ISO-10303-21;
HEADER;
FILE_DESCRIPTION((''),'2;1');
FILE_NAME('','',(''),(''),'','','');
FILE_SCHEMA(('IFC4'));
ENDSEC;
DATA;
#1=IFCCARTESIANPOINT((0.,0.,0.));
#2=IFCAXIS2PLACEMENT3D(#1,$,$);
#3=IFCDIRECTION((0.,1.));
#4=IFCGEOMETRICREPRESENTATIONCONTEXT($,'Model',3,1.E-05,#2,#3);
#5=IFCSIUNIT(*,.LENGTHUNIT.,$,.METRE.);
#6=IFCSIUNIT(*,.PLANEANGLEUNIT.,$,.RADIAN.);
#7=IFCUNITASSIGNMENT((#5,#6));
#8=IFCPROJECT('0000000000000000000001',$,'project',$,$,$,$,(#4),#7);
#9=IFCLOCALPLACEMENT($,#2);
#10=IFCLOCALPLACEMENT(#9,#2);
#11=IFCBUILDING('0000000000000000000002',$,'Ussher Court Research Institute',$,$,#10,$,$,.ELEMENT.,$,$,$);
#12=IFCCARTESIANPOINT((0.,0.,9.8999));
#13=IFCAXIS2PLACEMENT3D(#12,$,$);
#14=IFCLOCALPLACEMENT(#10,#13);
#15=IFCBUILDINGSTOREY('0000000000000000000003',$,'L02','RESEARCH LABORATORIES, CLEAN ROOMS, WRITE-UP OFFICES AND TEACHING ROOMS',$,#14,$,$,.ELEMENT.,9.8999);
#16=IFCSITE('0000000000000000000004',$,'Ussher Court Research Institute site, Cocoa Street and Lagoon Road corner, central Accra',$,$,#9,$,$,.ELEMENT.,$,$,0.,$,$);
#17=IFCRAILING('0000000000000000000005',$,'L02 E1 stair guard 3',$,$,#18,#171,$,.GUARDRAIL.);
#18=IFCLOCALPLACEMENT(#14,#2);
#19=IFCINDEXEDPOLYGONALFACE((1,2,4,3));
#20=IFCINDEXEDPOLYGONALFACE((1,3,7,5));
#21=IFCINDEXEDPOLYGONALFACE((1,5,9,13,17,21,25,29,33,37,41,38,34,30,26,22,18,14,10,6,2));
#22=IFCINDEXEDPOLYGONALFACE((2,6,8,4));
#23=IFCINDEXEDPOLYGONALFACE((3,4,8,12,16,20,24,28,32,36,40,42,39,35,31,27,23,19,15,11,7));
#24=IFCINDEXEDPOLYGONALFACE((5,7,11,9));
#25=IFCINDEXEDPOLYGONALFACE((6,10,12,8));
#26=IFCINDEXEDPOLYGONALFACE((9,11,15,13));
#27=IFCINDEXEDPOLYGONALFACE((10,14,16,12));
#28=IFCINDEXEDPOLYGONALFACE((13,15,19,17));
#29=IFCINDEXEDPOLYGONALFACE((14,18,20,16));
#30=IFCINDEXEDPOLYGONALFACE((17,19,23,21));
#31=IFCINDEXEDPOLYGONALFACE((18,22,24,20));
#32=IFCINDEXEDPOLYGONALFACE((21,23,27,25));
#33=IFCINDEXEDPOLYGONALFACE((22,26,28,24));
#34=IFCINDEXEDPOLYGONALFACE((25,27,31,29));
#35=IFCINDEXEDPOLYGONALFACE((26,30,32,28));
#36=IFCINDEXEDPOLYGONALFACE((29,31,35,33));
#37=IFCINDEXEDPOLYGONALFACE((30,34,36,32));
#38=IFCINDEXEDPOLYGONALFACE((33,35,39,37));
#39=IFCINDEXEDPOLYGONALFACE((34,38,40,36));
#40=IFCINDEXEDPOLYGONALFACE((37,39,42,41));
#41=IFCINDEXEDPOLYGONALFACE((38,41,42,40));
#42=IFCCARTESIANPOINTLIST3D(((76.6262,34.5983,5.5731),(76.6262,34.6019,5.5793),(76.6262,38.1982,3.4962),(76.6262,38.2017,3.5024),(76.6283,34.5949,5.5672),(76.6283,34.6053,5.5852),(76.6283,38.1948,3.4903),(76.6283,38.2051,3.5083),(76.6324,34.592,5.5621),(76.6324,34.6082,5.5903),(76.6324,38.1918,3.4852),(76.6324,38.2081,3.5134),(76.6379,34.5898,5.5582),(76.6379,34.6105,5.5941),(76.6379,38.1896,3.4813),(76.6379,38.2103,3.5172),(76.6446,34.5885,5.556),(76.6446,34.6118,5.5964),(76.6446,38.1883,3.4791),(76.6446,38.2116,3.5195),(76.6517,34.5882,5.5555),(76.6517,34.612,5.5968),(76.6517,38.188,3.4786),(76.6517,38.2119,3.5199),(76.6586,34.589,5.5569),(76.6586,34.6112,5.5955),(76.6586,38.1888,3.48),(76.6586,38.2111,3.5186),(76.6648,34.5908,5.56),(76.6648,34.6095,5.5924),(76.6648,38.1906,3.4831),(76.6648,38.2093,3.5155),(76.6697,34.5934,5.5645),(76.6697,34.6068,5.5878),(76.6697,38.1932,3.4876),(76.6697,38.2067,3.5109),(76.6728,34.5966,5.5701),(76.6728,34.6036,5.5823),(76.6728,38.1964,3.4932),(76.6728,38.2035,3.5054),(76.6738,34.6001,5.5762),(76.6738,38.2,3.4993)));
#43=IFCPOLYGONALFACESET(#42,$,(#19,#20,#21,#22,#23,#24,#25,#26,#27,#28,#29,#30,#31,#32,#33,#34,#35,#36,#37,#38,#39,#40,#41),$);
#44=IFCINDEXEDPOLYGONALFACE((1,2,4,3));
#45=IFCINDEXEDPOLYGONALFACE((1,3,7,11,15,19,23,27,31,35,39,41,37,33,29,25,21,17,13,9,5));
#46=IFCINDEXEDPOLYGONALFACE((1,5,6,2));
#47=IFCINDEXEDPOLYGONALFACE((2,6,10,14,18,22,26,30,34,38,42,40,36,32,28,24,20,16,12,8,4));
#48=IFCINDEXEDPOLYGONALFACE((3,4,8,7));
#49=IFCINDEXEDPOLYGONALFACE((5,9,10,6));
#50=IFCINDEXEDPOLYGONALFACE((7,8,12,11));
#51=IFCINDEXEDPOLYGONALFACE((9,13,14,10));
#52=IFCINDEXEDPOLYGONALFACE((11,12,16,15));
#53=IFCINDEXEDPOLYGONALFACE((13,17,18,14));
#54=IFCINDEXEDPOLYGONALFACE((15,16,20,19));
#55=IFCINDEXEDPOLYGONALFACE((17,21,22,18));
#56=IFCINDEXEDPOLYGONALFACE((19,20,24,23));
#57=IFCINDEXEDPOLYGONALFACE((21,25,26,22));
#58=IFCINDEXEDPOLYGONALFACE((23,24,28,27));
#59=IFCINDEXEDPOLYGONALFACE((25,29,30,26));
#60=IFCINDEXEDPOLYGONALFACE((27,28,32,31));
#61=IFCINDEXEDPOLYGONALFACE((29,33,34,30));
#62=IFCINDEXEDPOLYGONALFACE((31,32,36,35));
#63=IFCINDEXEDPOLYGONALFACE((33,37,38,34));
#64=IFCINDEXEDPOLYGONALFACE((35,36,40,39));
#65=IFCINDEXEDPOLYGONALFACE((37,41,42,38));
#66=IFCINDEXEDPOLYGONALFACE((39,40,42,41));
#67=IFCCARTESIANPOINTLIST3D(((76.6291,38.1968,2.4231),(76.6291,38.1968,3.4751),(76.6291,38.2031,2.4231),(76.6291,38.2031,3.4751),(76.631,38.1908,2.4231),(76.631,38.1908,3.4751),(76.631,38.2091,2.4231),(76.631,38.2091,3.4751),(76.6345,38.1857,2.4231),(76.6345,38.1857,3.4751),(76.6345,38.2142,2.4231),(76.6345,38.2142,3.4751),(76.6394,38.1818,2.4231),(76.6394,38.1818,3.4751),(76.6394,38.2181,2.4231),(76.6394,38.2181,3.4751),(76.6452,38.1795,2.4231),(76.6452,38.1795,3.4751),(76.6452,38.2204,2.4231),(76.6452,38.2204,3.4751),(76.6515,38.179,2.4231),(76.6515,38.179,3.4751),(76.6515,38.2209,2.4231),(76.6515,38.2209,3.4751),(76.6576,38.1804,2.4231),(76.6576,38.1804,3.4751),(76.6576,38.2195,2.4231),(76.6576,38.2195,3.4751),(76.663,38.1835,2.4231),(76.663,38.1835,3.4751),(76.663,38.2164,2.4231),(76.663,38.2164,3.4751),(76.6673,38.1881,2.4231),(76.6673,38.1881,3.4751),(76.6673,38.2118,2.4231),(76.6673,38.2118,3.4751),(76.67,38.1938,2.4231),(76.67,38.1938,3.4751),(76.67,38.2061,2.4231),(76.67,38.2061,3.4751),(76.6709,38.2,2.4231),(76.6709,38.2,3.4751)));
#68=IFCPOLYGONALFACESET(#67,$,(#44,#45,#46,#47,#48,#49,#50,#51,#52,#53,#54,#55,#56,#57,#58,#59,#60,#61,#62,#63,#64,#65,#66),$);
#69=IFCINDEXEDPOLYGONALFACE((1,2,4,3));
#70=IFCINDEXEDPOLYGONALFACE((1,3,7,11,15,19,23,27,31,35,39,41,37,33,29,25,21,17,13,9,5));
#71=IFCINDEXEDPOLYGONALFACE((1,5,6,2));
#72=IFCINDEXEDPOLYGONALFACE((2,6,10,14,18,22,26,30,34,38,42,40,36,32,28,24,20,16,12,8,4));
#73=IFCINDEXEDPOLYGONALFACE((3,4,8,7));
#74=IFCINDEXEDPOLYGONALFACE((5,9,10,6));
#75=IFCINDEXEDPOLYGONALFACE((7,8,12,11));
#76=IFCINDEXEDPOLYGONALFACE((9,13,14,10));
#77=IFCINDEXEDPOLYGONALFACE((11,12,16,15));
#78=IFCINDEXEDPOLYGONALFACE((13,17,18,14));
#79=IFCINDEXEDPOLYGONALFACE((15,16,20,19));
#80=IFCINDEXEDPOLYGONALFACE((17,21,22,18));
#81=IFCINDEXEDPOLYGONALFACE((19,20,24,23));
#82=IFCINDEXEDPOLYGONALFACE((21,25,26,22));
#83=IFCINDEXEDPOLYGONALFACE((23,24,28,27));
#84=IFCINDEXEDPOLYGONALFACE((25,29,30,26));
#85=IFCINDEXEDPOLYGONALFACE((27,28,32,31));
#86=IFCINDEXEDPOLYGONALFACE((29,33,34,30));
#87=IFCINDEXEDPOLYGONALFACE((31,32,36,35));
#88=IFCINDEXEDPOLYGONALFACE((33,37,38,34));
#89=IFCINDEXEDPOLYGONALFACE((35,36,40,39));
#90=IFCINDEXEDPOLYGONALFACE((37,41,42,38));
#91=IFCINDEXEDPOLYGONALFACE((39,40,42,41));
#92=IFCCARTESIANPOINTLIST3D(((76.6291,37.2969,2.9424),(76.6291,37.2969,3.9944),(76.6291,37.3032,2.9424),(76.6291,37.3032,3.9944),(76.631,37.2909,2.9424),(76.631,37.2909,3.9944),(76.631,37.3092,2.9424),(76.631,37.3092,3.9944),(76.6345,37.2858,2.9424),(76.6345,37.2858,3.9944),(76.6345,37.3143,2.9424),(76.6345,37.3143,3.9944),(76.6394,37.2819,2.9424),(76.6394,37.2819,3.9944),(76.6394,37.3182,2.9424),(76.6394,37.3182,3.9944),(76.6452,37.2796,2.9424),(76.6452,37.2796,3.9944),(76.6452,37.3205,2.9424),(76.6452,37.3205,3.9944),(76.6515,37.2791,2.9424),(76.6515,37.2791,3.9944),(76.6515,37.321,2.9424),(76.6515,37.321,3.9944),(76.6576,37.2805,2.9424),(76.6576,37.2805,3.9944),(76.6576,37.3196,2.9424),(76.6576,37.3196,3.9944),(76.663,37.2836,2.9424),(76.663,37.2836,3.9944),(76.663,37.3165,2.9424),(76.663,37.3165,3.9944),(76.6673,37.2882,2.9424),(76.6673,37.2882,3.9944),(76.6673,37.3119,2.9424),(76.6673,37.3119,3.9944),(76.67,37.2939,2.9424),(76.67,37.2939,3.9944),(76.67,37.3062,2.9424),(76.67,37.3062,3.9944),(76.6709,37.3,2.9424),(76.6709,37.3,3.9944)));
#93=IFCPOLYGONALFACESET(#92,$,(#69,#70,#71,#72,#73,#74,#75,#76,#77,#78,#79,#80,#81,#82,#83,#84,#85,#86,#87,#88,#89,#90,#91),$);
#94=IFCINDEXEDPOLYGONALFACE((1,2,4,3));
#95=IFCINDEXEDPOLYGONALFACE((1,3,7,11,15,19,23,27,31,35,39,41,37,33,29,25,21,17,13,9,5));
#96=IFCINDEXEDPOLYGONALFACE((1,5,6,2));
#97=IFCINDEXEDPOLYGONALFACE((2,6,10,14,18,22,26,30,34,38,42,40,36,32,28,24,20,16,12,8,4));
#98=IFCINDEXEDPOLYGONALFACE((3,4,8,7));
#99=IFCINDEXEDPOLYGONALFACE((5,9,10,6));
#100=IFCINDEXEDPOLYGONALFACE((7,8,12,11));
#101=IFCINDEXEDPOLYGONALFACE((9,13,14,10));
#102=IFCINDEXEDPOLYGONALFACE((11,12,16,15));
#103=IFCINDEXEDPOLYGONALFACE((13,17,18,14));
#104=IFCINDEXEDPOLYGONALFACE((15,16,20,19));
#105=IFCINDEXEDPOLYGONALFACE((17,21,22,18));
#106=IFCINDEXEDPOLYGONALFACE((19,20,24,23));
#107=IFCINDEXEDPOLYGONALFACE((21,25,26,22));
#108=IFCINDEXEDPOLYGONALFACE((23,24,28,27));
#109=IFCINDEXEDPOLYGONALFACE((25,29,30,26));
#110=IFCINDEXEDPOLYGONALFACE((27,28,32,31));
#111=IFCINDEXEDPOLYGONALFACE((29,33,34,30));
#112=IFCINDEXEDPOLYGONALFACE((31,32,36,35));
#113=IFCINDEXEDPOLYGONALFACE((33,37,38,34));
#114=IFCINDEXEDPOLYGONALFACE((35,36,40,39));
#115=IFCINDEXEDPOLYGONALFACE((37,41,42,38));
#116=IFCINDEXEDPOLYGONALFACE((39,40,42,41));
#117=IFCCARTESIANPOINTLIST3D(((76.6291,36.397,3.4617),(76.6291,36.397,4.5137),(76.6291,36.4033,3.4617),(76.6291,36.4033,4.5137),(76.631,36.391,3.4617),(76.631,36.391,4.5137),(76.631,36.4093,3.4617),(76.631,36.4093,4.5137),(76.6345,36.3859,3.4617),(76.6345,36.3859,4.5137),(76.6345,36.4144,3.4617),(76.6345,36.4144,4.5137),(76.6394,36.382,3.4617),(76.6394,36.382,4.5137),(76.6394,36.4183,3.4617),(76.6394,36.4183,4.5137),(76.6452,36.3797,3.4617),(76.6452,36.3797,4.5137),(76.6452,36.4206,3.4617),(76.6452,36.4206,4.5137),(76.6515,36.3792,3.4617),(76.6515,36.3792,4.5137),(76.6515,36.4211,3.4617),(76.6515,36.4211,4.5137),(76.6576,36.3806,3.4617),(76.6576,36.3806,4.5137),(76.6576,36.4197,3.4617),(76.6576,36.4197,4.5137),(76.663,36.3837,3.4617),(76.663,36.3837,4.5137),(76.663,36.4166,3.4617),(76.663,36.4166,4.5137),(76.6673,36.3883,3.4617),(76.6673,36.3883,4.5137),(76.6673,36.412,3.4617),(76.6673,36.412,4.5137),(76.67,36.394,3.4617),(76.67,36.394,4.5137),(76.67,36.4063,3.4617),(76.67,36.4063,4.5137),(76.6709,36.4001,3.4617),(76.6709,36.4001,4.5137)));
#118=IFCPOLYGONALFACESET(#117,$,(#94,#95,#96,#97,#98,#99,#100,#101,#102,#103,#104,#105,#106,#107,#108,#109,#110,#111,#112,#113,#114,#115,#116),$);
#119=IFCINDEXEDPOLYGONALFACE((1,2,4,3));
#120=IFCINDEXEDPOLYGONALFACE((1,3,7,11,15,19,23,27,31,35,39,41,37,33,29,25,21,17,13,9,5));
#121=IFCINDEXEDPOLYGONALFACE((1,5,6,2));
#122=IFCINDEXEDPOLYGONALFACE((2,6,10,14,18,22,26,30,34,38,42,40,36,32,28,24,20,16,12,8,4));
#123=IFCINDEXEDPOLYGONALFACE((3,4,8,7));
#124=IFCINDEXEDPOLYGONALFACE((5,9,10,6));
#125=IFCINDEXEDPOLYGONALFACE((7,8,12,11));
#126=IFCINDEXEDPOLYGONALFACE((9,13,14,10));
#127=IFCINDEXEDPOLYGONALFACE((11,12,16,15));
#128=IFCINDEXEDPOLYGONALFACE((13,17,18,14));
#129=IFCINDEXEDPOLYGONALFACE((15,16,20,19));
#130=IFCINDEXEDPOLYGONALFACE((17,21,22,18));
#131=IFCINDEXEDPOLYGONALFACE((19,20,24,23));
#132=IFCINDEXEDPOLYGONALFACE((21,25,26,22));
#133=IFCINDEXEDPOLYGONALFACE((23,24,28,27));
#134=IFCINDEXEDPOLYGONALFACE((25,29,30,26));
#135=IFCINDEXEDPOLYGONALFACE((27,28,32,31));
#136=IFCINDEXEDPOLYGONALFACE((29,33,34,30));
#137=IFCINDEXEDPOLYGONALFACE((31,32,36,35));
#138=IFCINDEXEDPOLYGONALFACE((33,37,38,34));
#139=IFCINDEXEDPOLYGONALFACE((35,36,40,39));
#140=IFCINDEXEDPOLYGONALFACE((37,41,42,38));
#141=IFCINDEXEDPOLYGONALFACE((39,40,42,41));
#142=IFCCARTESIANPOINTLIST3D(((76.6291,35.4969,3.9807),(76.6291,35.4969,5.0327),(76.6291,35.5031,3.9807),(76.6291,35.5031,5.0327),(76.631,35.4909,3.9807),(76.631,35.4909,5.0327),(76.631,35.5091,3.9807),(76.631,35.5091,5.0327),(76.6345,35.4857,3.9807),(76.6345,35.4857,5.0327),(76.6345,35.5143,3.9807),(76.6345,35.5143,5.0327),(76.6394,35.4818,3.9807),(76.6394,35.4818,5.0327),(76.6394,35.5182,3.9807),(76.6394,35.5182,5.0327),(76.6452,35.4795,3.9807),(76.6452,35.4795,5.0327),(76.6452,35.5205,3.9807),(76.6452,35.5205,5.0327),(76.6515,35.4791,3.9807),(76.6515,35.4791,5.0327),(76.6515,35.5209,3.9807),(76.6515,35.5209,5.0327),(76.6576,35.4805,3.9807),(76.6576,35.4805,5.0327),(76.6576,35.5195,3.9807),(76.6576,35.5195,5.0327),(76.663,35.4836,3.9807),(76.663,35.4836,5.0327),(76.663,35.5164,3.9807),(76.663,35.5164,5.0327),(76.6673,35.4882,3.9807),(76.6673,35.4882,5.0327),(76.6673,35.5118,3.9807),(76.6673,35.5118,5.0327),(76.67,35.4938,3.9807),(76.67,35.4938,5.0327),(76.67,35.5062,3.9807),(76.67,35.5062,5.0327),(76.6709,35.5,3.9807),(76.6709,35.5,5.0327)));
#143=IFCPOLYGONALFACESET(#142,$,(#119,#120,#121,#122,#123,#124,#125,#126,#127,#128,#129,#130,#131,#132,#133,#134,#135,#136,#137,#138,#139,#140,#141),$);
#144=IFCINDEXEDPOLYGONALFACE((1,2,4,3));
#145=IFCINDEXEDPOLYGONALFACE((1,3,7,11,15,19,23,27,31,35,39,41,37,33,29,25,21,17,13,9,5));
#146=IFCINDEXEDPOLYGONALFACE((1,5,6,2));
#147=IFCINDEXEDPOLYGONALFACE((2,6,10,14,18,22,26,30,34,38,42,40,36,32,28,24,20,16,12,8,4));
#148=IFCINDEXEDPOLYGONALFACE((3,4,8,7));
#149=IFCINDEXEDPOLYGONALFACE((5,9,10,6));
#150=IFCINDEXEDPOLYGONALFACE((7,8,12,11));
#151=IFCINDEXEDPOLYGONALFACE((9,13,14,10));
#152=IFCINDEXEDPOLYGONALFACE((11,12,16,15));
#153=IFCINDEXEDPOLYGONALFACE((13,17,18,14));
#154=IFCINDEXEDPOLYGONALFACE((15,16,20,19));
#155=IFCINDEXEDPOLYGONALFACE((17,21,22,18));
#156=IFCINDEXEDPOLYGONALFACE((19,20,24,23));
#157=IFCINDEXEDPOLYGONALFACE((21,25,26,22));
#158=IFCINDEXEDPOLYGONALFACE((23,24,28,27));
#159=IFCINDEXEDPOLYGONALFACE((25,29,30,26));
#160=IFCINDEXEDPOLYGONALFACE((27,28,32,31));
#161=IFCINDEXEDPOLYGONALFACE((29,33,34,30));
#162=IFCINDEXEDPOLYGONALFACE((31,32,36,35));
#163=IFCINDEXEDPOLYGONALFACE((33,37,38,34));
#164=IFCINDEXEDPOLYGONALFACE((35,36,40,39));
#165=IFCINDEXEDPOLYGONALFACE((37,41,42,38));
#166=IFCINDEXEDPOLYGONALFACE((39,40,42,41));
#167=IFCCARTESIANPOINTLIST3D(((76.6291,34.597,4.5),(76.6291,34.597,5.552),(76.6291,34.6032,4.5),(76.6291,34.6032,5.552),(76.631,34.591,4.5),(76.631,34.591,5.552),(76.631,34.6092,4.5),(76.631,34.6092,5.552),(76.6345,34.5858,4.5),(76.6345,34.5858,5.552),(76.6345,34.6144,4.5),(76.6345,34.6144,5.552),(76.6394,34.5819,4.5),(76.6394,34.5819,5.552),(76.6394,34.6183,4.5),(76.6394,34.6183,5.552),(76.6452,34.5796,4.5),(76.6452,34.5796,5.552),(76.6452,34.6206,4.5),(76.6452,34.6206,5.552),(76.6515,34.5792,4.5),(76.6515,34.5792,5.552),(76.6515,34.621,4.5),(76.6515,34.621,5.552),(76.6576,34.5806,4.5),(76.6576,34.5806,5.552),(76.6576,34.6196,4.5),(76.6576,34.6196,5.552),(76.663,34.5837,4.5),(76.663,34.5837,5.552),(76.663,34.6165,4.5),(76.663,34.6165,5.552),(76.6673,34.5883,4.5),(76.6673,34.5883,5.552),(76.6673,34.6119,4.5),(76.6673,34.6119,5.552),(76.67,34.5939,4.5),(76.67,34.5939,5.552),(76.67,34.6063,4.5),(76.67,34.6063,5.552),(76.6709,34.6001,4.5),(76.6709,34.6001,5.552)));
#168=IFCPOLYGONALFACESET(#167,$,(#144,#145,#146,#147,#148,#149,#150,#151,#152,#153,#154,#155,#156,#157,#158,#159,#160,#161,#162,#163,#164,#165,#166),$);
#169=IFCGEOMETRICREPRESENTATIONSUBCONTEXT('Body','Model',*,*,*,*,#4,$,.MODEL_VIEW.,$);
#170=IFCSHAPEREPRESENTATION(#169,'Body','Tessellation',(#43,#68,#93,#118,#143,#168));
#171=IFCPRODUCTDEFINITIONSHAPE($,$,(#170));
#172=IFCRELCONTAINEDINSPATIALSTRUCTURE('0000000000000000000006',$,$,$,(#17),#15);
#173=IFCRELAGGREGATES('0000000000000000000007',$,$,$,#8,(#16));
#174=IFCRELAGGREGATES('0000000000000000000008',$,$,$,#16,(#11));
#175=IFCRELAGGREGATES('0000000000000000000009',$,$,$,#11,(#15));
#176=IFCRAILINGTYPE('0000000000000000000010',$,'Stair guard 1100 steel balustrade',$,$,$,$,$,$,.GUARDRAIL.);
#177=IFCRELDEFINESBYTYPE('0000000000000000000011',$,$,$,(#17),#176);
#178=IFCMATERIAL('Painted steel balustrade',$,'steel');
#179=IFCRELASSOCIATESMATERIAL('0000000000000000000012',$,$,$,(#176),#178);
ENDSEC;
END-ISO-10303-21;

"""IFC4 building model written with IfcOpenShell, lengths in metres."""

from ifc_helpers import new_model, si_unit, direction, frame, origin, origin_2d, place, context, subcontext, project, spatial, circle, extrude, material, type_object, element, save


model = new_model("IFC4")

# Units and contexts
model_context = context("Model", 3, precision=1e-05, world=origin(), true_north=direction((0.0, 1.0)))
body_context = subcontext(model_context, "Body", "Model", "MODEL_VIEW")
ifc_project = project(units=[si_unit("LENGTHUNIT", "METRE"), si_unit("PLANEANGLEUNIT", "RADIAN")], contexts=[model_context])

# Site, building, storey
site_placement = place(None, origin())
site = spatial("IfcSite", under=ifc_project, at=site_placement, Name="Ussher Court Research Institute site, Cocoa Street and Lagoon Road corner, central Accra", CompositionType="ELEMENT", RefElevation=0.0)
building_placement = place(site_placement, origin())
building = spatial("IfcBuilding", under=site, at=building_placement, Name="Ussher Court Research Institute", CompositionType="ELEMENT")
storey_placement = place(building_placement, frame((0.0, 0.0, 9.8999)))
storey = spatial("IfcBuildingStorey", under=building, at=storey_placement, Name="L02", Description="RESEARCH LABORATORIES, CLEAN ROOMS, WRITE-UP OFFICES AND TEACHING ROOMS", CompositionType="ELEMENT", Elevation=9.8999)

# Railing
ifc_material_1 = material(Name="Painted steel balustrade", Category="steel")
railing_type_1 = type_object("IfcRailingType", Name="Stair guard 1100 steel balustrade", PredefinedType="GUARDRAIL", material=ifc_material_1)
railing_1_placement = place(storey_placement, frame((76.6499, 38.2, 2.4231)))
element("IfcRailing", 1, at=railing_1_placement, inside=storey, type_object=railing_type_1, Name="L02 E1 stair guard 3", PredefinedType="GUARDRAIL", context=body_context, shape_type="SweptSolid", body=[
    extrude(circle(Radius=0.0239, at=origin_2d()), frame((0.0, 0.0, 1.0762), z_axis=(0.0, -0.866179, 0.499734), x_axis=(1.0, 0.0, 0.0)), (0.0, 0.0, 1.0), 4.156),
    extrude(circle(Radius=0.021, at=origin_2d()), origin(), (0.0, 0.0, 1.0), 1.052),
    extrude(circle(Radius=0.021, at=origin_2d()), frame((0.0, -0.8999, 0.5193)), (0.0, 0.0, 1.0), 1.052),
    extrude(circle(Radius=0.021, at=origin_2d()), frame((0.0, -1.7998, 1.0386)), (0.0, 0.0, 1.0), 1.052),
    extrude(circle(Radius=0.021, at=origin_2d()), frame((0.0, -2.7, 1.5576)), (0.0, 0.0, 1.0), 1.052),
    extrude(circle(Radius=0.021, at=origin_2d()), frame((0.0, -3.5999, 2.0769)), (0.0, 0.0, 1.0), 1.052),
])

save(model, "model.ifc")
